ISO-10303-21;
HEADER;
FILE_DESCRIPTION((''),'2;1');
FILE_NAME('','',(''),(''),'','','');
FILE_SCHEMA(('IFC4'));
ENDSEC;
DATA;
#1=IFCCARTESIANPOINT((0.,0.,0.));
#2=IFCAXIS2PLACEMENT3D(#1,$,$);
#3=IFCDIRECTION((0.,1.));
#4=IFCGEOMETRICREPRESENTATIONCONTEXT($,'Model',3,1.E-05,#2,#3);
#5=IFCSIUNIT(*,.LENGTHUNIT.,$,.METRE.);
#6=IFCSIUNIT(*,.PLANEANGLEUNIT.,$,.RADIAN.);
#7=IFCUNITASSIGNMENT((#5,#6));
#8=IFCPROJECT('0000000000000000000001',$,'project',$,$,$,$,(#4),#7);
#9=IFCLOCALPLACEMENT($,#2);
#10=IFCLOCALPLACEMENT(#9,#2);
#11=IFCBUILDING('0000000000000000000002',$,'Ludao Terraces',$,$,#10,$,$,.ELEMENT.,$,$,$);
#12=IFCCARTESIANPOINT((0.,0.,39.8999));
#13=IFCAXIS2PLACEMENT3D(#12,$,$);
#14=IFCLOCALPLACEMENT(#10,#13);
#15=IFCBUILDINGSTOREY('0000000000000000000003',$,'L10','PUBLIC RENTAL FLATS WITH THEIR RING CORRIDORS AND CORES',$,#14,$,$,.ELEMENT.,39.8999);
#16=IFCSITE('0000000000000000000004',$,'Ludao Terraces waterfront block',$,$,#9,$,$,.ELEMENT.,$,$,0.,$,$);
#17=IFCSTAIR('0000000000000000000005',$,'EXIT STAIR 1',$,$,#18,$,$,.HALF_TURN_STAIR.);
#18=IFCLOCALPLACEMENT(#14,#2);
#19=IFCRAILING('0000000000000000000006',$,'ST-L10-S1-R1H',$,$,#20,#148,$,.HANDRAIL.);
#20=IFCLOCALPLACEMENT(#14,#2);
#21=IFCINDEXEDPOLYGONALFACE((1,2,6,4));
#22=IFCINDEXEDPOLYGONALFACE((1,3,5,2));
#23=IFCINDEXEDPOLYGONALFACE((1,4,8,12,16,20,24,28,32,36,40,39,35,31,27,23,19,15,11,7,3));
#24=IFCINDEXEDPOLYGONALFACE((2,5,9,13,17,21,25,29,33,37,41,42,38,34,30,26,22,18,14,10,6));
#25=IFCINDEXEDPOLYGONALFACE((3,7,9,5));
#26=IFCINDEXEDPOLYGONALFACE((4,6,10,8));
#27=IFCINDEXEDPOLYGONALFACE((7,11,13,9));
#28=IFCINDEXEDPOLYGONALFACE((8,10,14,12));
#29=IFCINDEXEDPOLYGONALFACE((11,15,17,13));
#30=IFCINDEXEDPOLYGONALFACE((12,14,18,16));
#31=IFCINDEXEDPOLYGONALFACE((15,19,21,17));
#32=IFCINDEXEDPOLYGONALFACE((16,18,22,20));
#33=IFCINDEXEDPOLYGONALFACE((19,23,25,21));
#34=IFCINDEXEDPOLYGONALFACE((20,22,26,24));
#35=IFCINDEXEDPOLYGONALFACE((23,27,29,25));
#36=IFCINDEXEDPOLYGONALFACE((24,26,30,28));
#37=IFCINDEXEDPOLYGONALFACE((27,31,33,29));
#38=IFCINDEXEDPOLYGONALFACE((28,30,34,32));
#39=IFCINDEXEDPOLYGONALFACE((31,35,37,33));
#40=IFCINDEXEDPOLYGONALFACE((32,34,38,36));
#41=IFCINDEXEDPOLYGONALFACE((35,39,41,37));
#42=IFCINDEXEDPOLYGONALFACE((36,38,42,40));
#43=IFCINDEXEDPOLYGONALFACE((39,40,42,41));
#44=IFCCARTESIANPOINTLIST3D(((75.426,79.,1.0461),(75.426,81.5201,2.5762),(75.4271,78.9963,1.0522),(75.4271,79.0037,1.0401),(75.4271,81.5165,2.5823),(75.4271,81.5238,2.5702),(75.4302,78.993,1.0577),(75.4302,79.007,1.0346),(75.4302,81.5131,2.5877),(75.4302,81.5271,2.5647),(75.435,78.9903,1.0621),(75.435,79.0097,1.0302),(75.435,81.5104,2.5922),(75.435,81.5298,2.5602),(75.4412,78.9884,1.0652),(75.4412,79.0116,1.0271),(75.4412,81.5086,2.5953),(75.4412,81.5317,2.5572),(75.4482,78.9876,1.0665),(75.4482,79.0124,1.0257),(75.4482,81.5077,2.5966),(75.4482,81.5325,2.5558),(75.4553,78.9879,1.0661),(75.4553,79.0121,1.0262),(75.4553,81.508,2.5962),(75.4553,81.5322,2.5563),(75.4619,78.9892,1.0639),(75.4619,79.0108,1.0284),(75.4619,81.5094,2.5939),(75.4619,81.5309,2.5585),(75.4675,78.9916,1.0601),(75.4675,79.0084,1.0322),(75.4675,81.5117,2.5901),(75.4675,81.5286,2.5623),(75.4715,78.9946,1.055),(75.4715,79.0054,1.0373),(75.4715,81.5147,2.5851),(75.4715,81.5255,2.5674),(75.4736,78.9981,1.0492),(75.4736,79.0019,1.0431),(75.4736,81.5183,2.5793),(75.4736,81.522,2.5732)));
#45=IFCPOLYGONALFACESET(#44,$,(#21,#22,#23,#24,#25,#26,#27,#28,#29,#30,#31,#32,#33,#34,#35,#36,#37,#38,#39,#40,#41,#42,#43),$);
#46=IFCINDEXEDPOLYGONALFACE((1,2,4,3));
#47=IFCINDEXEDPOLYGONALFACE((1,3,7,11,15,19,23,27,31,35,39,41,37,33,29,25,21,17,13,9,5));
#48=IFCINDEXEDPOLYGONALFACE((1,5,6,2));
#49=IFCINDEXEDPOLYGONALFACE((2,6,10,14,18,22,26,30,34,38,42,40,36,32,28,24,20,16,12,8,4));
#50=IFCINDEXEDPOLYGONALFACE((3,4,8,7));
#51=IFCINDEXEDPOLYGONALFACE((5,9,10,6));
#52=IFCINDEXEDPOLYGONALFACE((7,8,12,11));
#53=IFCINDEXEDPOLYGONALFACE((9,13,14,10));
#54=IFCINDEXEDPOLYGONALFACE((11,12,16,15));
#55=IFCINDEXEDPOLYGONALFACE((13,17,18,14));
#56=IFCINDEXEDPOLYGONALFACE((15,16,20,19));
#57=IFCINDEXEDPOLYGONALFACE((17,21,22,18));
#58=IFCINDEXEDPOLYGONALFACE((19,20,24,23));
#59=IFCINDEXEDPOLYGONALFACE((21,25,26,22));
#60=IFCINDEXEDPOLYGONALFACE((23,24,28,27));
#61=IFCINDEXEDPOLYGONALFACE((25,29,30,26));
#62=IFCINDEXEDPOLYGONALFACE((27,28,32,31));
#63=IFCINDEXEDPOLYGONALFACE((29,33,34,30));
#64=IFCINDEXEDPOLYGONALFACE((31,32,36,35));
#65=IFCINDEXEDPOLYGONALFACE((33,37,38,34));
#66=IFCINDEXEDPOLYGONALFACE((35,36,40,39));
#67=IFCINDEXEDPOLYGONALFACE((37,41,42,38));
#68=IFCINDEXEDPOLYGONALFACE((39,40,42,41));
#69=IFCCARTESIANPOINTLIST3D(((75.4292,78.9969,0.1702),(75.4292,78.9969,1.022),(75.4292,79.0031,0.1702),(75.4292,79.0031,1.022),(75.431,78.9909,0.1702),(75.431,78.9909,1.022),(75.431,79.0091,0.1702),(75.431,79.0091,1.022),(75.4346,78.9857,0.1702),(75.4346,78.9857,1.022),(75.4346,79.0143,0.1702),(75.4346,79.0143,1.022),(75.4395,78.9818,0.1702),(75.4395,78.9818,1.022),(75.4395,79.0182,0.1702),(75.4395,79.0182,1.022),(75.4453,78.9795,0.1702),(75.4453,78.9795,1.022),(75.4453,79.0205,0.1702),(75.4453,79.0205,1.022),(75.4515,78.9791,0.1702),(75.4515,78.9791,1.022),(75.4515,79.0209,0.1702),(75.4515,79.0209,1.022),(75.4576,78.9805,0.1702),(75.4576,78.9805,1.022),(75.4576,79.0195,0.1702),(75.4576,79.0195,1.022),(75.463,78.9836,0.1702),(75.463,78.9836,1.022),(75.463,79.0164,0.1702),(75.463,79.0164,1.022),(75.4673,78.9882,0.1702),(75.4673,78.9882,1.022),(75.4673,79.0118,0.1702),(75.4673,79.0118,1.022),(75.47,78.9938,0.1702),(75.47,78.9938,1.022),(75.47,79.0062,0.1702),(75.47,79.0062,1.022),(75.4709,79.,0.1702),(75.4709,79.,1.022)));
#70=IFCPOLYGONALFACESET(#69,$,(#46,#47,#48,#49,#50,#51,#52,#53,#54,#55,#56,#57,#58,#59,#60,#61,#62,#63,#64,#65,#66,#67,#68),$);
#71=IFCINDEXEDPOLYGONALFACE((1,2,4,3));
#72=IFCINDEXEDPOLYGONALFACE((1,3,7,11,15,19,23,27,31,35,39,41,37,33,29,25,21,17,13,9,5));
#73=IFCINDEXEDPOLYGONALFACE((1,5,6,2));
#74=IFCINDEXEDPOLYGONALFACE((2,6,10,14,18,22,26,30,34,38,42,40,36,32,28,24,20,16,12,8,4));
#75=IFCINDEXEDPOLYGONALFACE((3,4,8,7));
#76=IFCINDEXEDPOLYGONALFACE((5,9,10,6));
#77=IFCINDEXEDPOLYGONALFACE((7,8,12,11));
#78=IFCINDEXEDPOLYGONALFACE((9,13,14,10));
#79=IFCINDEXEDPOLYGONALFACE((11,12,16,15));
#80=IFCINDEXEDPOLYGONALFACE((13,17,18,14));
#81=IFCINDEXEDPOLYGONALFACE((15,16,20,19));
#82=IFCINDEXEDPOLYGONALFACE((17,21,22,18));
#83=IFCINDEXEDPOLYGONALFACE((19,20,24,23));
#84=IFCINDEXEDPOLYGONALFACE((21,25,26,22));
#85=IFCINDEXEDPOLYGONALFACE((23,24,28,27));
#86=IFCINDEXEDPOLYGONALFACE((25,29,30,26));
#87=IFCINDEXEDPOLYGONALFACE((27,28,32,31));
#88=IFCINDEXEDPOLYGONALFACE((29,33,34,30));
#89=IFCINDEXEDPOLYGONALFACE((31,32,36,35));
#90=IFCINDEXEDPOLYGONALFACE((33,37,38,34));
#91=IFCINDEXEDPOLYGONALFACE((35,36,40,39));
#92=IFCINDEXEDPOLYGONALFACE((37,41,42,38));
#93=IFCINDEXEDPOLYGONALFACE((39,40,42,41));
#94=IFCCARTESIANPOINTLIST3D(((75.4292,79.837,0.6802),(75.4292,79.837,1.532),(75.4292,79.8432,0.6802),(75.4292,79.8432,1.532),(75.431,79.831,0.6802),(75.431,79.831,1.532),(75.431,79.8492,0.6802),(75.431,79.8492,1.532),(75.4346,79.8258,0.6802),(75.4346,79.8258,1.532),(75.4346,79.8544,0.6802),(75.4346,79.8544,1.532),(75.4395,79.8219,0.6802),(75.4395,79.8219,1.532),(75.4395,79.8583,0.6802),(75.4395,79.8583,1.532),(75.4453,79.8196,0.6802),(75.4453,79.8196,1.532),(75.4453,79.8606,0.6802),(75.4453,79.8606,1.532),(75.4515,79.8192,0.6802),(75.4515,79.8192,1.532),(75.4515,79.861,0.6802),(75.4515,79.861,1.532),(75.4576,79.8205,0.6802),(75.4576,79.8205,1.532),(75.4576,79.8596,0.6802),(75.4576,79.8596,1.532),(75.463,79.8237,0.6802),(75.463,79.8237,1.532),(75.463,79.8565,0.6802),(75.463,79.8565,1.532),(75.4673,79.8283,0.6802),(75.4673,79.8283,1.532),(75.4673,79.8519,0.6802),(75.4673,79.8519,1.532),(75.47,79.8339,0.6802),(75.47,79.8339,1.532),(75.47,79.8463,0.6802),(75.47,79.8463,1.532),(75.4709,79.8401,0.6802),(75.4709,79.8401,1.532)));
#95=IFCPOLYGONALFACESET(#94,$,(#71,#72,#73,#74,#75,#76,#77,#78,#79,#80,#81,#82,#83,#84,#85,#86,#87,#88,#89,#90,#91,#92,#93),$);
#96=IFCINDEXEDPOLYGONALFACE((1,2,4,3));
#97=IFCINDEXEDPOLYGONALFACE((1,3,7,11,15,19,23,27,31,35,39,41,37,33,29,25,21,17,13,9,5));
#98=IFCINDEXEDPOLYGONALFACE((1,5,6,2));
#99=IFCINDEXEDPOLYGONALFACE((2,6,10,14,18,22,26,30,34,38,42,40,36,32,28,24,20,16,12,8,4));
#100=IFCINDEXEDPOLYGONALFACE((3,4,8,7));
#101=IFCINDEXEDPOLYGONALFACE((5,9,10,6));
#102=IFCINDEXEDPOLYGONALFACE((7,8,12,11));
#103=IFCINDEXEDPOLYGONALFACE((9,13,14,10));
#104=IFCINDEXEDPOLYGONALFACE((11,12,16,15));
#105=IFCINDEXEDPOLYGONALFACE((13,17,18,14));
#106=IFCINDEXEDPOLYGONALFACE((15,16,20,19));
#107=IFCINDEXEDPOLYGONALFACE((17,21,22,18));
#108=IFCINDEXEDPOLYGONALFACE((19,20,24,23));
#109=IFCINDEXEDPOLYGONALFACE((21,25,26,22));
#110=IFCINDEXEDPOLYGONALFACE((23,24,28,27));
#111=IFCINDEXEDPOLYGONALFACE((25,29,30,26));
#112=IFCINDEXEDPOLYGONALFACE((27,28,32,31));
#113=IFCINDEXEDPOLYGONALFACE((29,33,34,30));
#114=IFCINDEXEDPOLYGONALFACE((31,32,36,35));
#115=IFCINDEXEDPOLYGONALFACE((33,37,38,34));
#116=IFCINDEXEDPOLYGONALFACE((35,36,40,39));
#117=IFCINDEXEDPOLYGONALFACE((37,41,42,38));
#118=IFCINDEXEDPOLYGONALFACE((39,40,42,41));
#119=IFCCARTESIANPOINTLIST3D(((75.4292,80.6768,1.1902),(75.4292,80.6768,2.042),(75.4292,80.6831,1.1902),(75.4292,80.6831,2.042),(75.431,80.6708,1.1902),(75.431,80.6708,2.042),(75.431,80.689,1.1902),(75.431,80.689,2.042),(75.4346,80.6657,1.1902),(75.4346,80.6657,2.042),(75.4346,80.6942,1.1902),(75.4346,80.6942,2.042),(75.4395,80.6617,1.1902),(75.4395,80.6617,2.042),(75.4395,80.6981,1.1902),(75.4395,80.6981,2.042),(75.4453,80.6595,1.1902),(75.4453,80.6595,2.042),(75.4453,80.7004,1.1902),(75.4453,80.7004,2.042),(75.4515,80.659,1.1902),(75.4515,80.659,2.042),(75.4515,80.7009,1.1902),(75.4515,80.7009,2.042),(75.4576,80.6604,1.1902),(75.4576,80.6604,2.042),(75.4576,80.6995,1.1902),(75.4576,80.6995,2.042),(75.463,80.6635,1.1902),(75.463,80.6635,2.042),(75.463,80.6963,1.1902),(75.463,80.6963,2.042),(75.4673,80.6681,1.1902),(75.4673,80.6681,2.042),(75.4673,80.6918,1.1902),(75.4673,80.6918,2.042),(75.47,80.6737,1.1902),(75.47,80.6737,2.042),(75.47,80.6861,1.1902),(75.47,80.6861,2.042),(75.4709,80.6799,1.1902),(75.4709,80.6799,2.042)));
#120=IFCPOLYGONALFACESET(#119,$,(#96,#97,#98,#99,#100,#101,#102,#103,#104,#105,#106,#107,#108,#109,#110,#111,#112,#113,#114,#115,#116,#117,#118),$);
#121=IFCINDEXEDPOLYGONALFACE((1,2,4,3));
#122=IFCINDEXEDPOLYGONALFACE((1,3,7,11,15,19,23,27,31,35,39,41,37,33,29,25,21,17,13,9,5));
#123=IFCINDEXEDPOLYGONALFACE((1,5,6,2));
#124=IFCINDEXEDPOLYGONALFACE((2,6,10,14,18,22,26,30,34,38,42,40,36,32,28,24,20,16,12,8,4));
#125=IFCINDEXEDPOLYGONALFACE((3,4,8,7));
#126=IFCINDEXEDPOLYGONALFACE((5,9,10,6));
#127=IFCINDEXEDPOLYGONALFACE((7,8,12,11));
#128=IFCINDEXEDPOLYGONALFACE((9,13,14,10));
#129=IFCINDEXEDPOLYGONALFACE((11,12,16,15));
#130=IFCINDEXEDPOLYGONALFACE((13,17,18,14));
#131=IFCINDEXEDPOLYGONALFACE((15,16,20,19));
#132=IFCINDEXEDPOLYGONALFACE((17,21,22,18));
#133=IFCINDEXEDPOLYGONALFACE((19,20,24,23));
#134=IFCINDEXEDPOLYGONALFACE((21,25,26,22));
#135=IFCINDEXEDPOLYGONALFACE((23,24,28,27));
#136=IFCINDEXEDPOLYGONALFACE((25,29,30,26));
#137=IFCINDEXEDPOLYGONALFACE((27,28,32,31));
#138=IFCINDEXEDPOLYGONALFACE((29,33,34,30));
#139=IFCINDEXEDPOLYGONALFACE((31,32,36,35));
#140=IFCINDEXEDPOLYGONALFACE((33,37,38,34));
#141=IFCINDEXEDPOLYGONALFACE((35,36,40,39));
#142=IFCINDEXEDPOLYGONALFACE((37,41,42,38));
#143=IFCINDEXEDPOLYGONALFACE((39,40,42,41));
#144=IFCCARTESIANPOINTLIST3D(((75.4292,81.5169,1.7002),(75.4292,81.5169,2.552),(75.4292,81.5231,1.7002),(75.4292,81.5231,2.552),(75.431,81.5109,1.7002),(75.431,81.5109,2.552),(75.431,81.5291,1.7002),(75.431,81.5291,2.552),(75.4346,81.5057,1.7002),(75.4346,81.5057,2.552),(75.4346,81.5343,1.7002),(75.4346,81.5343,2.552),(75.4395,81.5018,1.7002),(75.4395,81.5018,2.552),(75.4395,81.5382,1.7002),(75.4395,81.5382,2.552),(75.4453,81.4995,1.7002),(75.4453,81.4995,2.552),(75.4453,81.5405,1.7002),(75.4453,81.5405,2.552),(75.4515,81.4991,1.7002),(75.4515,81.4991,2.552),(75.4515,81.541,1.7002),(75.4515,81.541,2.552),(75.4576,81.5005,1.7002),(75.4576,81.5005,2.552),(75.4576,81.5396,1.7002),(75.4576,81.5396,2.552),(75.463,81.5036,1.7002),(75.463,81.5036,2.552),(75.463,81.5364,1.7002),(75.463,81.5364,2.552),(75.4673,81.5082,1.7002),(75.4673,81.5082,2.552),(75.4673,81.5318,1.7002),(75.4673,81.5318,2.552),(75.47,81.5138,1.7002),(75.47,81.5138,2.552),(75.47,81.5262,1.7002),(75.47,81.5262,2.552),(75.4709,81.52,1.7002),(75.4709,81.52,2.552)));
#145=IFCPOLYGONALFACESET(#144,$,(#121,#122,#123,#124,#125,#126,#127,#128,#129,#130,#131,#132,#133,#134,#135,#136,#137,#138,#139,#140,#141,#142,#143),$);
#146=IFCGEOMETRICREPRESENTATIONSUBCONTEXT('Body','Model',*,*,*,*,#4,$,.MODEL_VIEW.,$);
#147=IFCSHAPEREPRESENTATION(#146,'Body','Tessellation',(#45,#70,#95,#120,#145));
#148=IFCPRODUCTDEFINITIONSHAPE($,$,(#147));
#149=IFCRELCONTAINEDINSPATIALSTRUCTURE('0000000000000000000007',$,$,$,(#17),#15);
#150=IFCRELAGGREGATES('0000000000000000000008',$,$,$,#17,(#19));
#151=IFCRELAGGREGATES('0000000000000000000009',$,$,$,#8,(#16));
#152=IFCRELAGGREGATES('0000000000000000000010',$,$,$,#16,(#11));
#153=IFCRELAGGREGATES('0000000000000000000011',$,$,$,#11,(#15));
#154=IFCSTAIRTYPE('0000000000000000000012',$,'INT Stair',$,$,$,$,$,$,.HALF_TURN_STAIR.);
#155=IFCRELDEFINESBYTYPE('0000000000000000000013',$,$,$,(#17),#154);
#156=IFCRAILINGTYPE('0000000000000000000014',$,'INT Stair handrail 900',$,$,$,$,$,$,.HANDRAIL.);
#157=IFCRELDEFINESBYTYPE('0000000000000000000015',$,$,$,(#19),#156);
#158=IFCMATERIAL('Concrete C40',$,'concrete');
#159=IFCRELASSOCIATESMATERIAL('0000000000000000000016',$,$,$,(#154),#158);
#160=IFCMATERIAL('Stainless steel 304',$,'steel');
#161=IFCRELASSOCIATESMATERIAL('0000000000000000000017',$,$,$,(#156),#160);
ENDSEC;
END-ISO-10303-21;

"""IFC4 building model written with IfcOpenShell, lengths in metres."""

from ifc_helpers import new_model, si_unit, direction, frame, origin, origin_2d, place, context, subcontext, project, spatial, circle, extrude, material, type_object, element, aggregate, save


model = new_model("IFC4")

# Units and contexts
model_context = context("Model", 3, precision=1e-05, world=origin(), true_north=direction((0.0, 1.0)))
body_context = subcontext(model_context, "Body", "Model", "MODEL_VIEW")
ifc_project = project(units=[si_unit("LENGTHUNIT", "METRE"), si_unit("PLANEANGLEUNIT", "RADIAN")], contexts=[model_context])

# Site, building, storey
site_placement = place(None, origin())
site = spatial("IfcSite", under=ifc_project, at=site_placement, Name="Ludao Terraces waterfront block", CompositionType="ELEMENT", RefElevation=0.0)
building_placement = place(site_placement, origin())
building = spatial("IfcBuilding", under=site, at=building_placement, Name="Ludao Terraces", CompositionType="ELEMENT")
storey_placement = place(building_placement, frame((0.0, 0.0, 39.8999)))
storey = spatial("IfcBuildingStorey", under=building, at=storey_placement, Name="L10", Description="PUBLIC RENTAL FLATS WITH THEIR RING CORRIDORS AND CORES", CompositionType="ELEMENT", Elevation=39.8999)

# Shared definitions
ifc_material_1 = material(Name="Concrete C40", Category="concrete")

# Shared definitions
ifc_material_2 = material(Name="Stainless steel 304", Category="steel")

# Stair, railing
stair_type = type_object("IfcStairType", Name="INT Stair", PredefinedType="HALF_TURN_STAIR", material=ifc_material_1)
stair_placement = place(storey_placement, origin())
stair = element("IfcStair", 1, at=stair_placement, inside=storey, type_object=stair_type, Name="EXIT STAIR 1", PredefinedType="HALF_TURN_STAIR")
railing_type_1 = type_object("IfcRailingType", Name="INT Stair handrail 900", PredefinedType="HANDRAIL", material=ifc_material_2)
railing_1_placement = place(storey_placement, frame((75.45, 79.0, 0.1702)))
railing_1 = element("IfcRailing", 2, at=railing_1_placement, type_object=railing_type_1, Name="ST-L10-S1-R1H", PredefinedType="HANDRAIL", context=body_context, shape_type="SweptSolid", body=[
    extrude(circle(Radius=0.0239, at=origin_2d()), frame((0.0, 0.0, 0.876), z_axis=(0.0, 0.854785, 0.518982), x_axis=(-1.0, 0.0, 0.0)), (0.0, 0.0, 1.0), 2.9482),
    extrude(circle(Radius=0.021, at=origin_2d()), origin(), (0.0, 0.0, 1.0), 0.8518),
    extrude(circle(Radius=0.021, at=origin_2d()), frame((0.0, 0.8401, 0.51)), (0.0, 0.0, 1.0), 0.8518),
    extrude(circle(Radius=0.021, at=origin_2d()), frame((0.0, 1.6799, 1.02)), (0.0, 0.0, 1.0), 0.8518),
    extrude(circle(Radius=0.021, at=origin_2d()), frame((0.0, 2.52, 1.53)), (0.0, 0.0, 1.0), 0.8518),
])
aggregate(stair, [railing_1])

save(model, "model.ifc")
